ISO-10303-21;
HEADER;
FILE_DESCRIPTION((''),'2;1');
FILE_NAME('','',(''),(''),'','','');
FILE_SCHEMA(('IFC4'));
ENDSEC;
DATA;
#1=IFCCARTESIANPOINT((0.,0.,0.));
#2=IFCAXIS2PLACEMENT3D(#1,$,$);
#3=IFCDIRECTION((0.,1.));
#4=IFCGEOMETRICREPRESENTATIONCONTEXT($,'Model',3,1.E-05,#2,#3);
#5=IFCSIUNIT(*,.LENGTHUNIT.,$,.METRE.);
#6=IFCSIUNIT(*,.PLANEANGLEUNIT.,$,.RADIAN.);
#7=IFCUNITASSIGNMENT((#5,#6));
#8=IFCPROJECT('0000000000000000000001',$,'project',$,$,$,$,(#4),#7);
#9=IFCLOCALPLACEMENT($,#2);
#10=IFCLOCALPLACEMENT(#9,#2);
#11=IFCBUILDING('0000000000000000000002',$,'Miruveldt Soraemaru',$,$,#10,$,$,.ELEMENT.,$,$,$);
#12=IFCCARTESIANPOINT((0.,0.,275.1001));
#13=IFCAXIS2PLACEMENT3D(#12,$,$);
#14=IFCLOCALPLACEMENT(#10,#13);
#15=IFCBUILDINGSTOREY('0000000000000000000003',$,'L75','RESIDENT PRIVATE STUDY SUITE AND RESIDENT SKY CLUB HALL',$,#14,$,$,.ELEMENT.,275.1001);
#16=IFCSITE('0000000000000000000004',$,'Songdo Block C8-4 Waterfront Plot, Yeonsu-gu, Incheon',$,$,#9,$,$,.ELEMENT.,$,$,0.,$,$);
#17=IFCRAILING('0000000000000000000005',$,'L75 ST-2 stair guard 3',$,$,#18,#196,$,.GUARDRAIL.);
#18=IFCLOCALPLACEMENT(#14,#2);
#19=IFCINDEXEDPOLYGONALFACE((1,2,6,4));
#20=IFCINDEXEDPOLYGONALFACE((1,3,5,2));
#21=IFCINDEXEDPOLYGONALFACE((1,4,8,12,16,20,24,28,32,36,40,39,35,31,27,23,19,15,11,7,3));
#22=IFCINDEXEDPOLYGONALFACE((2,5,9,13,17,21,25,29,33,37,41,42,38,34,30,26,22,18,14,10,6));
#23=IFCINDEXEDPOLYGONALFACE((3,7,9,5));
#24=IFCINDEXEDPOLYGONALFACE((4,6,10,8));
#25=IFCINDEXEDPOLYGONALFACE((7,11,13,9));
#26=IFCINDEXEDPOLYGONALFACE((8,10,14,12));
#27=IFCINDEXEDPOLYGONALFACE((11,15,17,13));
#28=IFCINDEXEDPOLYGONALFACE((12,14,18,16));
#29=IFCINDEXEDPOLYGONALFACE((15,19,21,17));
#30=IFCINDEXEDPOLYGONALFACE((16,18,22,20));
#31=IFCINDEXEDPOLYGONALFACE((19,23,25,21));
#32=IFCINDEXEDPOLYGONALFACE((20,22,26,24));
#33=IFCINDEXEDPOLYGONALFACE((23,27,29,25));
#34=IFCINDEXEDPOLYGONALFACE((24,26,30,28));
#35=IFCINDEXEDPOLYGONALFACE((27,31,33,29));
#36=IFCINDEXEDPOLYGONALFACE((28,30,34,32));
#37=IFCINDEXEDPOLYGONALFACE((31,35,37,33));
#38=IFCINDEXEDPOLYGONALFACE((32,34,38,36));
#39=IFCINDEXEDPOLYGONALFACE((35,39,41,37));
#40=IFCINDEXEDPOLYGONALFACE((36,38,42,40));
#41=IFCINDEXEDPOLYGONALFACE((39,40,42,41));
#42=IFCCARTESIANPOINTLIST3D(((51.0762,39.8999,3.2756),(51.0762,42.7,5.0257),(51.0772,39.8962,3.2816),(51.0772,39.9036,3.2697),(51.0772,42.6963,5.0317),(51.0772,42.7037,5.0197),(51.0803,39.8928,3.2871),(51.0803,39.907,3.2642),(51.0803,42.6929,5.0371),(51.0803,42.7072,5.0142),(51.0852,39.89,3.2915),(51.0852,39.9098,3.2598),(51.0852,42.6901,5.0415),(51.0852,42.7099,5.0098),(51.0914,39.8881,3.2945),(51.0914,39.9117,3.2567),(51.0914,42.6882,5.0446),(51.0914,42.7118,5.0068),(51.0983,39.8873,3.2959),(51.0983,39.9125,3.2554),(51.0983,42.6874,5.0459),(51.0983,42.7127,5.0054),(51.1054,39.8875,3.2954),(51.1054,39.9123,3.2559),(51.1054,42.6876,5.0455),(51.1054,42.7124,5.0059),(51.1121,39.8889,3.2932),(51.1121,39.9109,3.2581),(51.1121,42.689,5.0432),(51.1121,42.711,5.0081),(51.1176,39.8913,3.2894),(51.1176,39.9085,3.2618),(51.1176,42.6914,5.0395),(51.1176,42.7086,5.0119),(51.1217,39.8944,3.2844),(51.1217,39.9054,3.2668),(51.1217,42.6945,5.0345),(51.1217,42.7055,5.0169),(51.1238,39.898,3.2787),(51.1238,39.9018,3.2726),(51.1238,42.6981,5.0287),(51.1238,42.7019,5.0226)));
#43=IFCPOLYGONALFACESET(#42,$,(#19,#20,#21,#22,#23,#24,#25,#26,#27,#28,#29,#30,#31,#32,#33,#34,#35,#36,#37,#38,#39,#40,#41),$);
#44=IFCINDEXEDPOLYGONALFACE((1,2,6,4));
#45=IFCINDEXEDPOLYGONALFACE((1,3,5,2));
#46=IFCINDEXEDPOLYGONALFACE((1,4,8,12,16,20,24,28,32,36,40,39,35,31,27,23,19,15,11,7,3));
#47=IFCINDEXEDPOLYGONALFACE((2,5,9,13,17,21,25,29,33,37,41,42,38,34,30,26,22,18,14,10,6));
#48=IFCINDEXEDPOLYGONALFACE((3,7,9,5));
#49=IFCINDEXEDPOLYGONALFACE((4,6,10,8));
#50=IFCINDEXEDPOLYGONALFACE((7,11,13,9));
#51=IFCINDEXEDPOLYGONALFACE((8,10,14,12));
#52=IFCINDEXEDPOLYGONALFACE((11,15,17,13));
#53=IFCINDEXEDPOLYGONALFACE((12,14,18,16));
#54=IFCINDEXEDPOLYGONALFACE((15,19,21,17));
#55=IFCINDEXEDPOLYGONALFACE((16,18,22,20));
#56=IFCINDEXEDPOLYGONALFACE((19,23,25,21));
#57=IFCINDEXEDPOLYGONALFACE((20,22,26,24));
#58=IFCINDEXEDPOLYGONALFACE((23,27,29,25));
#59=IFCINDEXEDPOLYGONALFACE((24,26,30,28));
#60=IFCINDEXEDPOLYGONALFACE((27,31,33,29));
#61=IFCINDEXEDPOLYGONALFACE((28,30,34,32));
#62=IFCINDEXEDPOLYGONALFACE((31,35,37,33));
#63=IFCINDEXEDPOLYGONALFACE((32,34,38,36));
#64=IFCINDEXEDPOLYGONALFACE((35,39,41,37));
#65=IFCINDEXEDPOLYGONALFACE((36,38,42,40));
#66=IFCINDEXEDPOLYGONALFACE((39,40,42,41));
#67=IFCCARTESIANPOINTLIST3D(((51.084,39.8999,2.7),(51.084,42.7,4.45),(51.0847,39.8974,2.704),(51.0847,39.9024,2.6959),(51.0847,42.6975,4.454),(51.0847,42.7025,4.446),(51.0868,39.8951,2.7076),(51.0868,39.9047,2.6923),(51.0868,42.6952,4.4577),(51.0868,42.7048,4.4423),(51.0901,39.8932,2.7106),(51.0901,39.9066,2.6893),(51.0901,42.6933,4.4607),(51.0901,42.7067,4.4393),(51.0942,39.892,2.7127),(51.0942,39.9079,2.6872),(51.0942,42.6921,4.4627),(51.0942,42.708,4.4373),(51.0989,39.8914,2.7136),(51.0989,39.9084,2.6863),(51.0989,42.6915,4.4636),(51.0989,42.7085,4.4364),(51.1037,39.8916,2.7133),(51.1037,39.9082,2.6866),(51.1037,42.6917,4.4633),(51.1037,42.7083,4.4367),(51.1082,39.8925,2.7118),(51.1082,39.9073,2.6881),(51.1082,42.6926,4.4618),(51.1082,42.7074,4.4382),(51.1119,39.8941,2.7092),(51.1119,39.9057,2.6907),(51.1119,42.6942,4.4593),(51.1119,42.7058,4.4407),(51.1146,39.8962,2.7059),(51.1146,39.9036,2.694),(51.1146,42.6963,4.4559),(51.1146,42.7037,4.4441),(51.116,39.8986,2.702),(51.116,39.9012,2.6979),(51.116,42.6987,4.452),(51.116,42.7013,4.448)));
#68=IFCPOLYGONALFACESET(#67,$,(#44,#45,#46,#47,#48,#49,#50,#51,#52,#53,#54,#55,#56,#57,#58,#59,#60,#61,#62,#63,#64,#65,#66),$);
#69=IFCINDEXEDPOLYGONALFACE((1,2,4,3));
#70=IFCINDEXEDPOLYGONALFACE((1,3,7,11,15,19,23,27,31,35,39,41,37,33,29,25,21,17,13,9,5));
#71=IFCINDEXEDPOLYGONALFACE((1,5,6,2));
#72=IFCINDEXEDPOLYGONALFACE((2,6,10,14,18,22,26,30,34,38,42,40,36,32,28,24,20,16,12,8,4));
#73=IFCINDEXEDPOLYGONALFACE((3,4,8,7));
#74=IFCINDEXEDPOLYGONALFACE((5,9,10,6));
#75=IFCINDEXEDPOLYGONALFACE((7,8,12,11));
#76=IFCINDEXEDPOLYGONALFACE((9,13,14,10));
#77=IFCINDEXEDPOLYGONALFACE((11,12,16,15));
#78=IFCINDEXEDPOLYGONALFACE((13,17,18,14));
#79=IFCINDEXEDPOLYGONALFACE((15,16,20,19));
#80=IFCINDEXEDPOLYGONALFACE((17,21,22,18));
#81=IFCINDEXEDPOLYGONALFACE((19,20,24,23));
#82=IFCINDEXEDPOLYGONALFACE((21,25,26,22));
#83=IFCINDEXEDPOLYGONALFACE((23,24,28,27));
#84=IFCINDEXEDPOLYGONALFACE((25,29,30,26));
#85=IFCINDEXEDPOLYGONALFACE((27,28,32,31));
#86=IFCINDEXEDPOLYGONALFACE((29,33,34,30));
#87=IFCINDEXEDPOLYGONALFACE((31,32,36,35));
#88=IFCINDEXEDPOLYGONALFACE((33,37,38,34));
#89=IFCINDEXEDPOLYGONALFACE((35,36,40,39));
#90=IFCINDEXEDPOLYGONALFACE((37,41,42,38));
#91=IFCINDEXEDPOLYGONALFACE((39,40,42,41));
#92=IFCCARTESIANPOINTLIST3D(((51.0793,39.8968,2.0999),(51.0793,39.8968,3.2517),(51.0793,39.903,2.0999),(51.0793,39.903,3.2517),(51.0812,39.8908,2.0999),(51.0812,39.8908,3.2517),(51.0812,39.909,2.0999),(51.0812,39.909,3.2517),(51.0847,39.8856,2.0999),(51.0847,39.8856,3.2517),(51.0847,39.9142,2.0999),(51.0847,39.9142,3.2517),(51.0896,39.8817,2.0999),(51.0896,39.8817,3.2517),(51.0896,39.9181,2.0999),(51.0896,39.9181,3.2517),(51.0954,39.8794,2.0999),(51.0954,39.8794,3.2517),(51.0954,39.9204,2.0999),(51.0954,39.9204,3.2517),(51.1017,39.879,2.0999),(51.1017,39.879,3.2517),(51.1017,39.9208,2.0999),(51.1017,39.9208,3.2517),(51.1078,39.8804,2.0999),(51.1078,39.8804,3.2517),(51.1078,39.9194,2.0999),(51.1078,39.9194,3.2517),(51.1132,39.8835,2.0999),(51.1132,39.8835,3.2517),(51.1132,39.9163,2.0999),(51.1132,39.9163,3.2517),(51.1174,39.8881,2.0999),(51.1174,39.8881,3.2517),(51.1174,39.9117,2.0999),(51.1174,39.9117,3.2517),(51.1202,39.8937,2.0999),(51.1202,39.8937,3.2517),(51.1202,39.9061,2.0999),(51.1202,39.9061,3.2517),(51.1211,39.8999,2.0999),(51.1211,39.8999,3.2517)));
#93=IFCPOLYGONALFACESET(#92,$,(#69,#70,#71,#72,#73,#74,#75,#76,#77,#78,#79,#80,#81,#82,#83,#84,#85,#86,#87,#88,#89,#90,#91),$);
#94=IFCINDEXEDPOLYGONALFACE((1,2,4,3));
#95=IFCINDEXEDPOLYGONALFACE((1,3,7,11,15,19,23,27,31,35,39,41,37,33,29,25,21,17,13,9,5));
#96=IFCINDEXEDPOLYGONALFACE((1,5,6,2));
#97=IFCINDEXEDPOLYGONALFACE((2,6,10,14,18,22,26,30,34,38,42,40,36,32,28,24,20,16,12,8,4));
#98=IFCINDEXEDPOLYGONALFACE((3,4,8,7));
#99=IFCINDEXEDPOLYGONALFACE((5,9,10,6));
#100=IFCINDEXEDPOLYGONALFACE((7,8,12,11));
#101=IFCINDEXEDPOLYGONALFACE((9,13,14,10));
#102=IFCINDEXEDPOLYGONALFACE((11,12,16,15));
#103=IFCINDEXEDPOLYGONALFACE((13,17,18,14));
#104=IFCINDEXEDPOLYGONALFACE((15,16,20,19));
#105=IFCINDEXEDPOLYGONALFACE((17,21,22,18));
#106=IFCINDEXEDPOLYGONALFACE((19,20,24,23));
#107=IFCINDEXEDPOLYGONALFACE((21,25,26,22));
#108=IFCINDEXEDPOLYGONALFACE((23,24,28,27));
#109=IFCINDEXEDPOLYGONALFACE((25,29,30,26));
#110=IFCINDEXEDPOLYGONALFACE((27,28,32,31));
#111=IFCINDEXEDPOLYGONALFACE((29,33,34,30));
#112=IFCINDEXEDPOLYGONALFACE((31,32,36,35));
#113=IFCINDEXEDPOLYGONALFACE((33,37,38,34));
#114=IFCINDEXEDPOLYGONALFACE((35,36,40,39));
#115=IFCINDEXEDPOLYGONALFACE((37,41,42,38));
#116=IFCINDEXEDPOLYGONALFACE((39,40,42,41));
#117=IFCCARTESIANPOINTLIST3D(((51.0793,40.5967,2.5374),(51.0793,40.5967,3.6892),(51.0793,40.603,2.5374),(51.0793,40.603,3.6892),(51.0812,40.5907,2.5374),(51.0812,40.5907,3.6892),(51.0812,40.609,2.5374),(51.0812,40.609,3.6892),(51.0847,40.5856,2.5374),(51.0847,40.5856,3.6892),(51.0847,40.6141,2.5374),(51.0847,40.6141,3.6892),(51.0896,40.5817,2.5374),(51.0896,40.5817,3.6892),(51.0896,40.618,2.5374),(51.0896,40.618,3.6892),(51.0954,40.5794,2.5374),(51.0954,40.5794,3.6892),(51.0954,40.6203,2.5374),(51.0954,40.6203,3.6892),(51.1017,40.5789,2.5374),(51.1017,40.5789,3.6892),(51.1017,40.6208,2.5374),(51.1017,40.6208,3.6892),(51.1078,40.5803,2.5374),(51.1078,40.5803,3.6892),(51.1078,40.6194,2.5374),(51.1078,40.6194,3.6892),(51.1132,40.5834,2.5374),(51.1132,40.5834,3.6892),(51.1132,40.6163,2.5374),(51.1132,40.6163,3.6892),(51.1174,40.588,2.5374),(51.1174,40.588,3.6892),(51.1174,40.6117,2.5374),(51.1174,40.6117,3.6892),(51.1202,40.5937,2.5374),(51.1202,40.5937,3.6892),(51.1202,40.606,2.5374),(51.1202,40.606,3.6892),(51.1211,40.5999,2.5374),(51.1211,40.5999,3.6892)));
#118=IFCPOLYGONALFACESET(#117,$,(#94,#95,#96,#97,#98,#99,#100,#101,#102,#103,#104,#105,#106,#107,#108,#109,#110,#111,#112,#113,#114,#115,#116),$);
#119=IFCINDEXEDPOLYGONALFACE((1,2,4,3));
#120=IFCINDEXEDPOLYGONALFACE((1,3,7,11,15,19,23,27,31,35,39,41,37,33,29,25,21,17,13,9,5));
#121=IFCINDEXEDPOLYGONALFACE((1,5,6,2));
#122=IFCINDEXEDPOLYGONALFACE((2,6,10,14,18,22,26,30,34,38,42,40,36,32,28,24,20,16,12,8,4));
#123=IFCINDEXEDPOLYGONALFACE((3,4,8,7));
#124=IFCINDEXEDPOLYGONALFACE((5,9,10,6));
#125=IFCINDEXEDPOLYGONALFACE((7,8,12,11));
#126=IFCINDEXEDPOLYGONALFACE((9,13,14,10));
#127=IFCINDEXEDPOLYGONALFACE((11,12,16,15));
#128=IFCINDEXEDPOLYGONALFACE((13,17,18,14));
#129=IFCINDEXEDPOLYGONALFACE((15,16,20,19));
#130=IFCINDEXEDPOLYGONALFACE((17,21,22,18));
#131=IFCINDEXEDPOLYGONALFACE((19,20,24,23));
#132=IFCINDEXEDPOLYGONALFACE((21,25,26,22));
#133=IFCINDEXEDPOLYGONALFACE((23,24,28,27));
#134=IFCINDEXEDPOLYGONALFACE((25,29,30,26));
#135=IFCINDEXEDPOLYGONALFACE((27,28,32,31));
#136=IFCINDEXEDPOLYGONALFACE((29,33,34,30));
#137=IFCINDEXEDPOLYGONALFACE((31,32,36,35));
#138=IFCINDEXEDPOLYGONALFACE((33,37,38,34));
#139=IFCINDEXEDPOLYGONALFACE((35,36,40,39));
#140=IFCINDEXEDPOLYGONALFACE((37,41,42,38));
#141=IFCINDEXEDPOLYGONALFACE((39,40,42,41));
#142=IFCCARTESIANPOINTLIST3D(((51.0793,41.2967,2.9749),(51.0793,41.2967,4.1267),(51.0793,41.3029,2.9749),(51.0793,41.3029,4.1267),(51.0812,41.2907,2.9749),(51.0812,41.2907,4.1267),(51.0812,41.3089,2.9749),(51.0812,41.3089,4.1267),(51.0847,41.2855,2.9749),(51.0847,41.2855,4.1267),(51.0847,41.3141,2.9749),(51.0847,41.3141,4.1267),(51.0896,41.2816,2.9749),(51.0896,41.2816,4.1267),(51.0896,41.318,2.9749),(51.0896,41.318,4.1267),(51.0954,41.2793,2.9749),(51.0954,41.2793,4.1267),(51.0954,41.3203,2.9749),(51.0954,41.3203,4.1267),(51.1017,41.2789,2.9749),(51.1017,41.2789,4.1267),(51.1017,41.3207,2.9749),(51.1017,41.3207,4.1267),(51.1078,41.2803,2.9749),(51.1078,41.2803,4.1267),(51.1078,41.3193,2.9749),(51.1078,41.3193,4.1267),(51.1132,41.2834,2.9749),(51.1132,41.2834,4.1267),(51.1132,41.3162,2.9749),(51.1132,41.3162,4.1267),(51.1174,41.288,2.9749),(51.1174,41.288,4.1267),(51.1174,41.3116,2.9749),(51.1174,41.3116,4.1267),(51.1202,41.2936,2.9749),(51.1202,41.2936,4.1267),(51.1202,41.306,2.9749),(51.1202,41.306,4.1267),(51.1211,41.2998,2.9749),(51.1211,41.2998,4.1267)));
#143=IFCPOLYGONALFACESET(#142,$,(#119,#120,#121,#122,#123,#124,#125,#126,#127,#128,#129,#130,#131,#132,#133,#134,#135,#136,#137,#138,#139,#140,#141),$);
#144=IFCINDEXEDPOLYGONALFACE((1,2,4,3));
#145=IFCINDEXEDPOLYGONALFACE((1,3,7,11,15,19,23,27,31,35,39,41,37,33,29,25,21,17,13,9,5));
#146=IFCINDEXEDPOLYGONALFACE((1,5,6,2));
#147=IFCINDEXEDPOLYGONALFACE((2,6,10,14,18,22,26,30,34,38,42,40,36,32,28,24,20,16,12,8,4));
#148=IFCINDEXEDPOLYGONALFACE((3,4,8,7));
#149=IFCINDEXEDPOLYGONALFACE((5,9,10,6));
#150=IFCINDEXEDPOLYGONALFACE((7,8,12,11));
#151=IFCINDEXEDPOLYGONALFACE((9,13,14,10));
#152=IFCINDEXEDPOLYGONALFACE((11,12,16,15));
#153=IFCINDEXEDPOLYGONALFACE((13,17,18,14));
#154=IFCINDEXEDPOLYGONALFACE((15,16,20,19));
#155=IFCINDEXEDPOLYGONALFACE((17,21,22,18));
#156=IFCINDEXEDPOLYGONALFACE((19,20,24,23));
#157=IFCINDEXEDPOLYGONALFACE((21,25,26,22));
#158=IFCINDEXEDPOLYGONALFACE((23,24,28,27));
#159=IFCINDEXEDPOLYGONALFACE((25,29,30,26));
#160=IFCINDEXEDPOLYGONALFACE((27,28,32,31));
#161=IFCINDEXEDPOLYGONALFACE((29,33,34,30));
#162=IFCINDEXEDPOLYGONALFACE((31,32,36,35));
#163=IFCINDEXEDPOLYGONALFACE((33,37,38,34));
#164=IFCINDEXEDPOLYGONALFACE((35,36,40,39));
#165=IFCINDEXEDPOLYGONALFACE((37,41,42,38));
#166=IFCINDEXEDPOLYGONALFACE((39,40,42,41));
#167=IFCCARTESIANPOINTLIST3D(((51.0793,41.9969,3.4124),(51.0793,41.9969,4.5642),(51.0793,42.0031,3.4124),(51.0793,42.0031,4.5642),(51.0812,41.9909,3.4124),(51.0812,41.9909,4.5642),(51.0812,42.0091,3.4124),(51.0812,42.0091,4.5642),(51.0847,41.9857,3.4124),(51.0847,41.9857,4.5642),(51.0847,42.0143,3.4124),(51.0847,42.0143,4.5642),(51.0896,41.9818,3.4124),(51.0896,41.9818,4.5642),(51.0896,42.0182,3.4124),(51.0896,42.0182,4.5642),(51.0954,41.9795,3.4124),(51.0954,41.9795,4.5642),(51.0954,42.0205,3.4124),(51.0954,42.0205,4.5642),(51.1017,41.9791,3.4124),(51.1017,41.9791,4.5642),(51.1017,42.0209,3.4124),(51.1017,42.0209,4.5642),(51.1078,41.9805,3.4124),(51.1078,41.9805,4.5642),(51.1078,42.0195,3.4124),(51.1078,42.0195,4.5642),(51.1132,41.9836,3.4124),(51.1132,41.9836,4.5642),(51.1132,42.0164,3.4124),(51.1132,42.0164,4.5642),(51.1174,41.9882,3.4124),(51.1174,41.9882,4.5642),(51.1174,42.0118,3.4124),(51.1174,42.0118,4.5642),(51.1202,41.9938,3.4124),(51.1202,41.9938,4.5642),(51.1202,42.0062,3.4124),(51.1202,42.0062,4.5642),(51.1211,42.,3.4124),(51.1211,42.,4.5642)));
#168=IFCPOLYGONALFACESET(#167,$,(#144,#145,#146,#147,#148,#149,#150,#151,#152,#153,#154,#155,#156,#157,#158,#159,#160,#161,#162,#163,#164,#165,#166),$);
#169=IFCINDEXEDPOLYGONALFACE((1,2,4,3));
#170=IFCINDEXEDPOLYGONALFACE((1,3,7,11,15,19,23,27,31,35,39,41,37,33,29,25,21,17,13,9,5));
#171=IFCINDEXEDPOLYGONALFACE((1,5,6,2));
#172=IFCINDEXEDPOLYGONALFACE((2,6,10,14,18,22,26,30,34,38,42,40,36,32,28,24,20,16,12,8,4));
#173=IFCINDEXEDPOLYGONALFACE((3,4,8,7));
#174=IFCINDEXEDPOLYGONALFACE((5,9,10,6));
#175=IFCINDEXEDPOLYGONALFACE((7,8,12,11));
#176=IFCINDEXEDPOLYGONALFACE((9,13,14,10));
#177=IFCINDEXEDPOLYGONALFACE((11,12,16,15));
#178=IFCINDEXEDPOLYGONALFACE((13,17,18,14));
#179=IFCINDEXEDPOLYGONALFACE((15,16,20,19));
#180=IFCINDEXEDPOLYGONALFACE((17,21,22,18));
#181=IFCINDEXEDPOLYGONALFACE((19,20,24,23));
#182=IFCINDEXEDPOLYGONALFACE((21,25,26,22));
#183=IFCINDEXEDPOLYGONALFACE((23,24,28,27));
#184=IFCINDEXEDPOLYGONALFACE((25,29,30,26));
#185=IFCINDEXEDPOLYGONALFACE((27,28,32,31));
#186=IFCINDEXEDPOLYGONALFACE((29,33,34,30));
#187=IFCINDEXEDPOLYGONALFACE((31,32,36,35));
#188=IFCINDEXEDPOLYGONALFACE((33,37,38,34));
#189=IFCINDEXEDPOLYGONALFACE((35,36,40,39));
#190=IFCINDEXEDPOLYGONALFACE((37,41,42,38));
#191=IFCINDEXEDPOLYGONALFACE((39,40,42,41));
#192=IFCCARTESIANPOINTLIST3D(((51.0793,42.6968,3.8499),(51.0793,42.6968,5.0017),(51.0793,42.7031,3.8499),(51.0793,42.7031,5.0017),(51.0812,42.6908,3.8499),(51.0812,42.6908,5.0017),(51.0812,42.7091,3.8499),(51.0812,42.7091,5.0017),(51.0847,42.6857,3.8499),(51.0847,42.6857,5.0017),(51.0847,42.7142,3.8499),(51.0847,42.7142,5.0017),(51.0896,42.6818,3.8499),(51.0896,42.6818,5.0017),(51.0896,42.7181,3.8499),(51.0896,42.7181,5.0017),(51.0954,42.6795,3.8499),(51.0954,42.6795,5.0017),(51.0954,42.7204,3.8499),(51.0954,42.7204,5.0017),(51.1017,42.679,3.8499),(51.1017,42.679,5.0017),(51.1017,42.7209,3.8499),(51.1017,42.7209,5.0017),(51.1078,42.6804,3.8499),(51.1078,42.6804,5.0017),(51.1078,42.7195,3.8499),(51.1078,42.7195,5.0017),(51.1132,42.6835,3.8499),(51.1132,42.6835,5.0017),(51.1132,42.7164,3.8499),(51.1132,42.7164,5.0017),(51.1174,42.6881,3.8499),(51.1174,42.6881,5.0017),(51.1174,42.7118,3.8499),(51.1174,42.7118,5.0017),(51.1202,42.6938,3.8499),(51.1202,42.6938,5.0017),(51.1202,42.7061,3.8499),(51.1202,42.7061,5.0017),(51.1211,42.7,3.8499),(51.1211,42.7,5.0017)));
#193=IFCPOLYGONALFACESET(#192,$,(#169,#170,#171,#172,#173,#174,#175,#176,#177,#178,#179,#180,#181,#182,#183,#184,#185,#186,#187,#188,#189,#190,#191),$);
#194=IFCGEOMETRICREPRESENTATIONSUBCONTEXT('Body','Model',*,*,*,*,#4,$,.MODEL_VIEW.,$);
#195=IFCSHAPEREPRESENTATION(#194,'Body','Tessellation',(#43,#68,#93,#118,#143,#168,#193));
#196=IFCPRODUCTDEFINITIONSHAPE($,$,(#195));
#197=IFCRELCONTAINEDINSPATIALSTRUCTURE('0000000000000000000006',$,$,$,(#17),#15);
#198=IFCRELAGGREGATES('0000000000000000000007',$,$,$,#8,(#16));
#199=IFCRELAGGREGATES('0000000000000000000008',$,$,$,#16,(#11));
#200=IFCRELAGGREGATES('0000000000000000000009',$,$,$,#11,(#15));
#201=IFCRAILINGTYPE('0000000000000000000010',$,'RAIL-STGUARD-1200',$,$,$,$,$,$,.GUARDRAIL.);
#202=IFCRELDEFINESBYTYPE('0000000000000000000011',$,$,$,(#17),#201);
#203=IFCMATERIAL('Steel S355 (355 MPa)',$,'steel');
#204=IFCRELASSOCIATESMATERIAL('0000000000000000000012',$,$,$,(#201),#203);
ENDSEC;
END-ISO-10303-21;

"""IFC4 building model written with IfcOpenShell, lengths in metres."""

from ifc_helpers import new_model, si_unit, direction, frame, origin, origin_2d, place, context, subcontext, project, spatial, circle, extrude, material, type_object, element, save


model = new_model("IFC4")

# Units and contexts
model_context = context("Model", 3, precision=1e-05, world=origin(), true_north=direction((0.0, 1.0)))
body_context = subcontext(model_context, "Body", "Model", "MODEL_VIEW")
ifc_project = project(units=[si_unit("LENGTHUNIT", "METRE"), si_unit("PLANEANGLEUNIT", "RADIAN")], contexts=[model_context])

# Site, building, storey
site_placement = place(None, origin())
site = spatial("IfcSite", under=ifc_project, at=site_placement, Name="Songdo Block C8-4 Waterfront Plot, Yeonsu-gu, Incheon", CompositionType="ELEMENT", RefElevation=0.0)
building_placement = place(site_placement, origin())
building = spatial("IfcBuilding", under=site, at=building_placement, Name="Miruveldt Soraemaru", CompositionType="ELEMENT")
storey_placement = place(building_placement, frame((0.0, 0.0, 275.1001)))
storey = spatial("IfcBuildingStorey", under=building, at=storey_placement, Name="L75", Description="RESIDENT PRIVATE STUDY SUITE AND RESIDENT SKY CLUB HALL", CompositionType="ELEMENT", Elevation=275.1001)

# Railing
ifc_material_1 = material(Name="Steel S355 (355 MPa)", Category="steel")
railing_type_1 = type_object("IfcRailingType", Name="RAIL-STGUARD-1200", PredefinedType="GUARDRAIL", material=ifc_material_1)
railing_1_placement = place(storey_placement, frame((51.1001, 39.8999, 2.0999)))
element("IfcRailing", 1, at=railing_1_placement, inside=storey, type_object=railing_type_1, Name="L75 ST-2 stair guard 3", PredefinedType="GUARDRAIL", context=body_context, shape_type="SweptSolid", body=[
    extrude(circle(Radius=0.0239, at=origin_2d()), frame((0.0, 0.0, 1.1758), z_axis=(0.0, 0.848002, 0.529992), x_axis=(-1.0, 0.0, 0.0)), (0.0, 0.0, 1.0), 3.302),
    extrude(circle(Radius=0.0161, at=origin_2d()), frame((0.0, 0.0, 0.6001), z_axis=(0.0, 0.848002, 0.529992), x_axis=(-1.0, 0.0, 0.0)), (0.0, 0.0, 1.0), 3.302),
    extrude(circle(Radius=0.021, at=origin_2d()), origin(), (0.0, 0.0, 1.0), 1.1519),
    extrude(circle(Radius=0.021, at=origin_2d()), frame((0.0, 0.7, 0.4375)), (0.0, 0.0, 1.0), 1.1519),
    extrude(circle(Radius=0.021, at=origin_2d()), frame((0.0, 1.3999, 0.875)), (0.0, 0.0, 1.0), 1.1519),
    extrude(circle(Radius=0.021, at=origin_2d()), frame((0.0, 2.1001, 1.3125)), (0.0, 0.0, 1.0), 1.1519),
    extrude(circle(Radius=0.021, at=origin_2d()), frame((0.0, 2.8, 1.75)), (0.0, 0.0, 1.0), 1.1519),
])

save(model, "model.ifc")
